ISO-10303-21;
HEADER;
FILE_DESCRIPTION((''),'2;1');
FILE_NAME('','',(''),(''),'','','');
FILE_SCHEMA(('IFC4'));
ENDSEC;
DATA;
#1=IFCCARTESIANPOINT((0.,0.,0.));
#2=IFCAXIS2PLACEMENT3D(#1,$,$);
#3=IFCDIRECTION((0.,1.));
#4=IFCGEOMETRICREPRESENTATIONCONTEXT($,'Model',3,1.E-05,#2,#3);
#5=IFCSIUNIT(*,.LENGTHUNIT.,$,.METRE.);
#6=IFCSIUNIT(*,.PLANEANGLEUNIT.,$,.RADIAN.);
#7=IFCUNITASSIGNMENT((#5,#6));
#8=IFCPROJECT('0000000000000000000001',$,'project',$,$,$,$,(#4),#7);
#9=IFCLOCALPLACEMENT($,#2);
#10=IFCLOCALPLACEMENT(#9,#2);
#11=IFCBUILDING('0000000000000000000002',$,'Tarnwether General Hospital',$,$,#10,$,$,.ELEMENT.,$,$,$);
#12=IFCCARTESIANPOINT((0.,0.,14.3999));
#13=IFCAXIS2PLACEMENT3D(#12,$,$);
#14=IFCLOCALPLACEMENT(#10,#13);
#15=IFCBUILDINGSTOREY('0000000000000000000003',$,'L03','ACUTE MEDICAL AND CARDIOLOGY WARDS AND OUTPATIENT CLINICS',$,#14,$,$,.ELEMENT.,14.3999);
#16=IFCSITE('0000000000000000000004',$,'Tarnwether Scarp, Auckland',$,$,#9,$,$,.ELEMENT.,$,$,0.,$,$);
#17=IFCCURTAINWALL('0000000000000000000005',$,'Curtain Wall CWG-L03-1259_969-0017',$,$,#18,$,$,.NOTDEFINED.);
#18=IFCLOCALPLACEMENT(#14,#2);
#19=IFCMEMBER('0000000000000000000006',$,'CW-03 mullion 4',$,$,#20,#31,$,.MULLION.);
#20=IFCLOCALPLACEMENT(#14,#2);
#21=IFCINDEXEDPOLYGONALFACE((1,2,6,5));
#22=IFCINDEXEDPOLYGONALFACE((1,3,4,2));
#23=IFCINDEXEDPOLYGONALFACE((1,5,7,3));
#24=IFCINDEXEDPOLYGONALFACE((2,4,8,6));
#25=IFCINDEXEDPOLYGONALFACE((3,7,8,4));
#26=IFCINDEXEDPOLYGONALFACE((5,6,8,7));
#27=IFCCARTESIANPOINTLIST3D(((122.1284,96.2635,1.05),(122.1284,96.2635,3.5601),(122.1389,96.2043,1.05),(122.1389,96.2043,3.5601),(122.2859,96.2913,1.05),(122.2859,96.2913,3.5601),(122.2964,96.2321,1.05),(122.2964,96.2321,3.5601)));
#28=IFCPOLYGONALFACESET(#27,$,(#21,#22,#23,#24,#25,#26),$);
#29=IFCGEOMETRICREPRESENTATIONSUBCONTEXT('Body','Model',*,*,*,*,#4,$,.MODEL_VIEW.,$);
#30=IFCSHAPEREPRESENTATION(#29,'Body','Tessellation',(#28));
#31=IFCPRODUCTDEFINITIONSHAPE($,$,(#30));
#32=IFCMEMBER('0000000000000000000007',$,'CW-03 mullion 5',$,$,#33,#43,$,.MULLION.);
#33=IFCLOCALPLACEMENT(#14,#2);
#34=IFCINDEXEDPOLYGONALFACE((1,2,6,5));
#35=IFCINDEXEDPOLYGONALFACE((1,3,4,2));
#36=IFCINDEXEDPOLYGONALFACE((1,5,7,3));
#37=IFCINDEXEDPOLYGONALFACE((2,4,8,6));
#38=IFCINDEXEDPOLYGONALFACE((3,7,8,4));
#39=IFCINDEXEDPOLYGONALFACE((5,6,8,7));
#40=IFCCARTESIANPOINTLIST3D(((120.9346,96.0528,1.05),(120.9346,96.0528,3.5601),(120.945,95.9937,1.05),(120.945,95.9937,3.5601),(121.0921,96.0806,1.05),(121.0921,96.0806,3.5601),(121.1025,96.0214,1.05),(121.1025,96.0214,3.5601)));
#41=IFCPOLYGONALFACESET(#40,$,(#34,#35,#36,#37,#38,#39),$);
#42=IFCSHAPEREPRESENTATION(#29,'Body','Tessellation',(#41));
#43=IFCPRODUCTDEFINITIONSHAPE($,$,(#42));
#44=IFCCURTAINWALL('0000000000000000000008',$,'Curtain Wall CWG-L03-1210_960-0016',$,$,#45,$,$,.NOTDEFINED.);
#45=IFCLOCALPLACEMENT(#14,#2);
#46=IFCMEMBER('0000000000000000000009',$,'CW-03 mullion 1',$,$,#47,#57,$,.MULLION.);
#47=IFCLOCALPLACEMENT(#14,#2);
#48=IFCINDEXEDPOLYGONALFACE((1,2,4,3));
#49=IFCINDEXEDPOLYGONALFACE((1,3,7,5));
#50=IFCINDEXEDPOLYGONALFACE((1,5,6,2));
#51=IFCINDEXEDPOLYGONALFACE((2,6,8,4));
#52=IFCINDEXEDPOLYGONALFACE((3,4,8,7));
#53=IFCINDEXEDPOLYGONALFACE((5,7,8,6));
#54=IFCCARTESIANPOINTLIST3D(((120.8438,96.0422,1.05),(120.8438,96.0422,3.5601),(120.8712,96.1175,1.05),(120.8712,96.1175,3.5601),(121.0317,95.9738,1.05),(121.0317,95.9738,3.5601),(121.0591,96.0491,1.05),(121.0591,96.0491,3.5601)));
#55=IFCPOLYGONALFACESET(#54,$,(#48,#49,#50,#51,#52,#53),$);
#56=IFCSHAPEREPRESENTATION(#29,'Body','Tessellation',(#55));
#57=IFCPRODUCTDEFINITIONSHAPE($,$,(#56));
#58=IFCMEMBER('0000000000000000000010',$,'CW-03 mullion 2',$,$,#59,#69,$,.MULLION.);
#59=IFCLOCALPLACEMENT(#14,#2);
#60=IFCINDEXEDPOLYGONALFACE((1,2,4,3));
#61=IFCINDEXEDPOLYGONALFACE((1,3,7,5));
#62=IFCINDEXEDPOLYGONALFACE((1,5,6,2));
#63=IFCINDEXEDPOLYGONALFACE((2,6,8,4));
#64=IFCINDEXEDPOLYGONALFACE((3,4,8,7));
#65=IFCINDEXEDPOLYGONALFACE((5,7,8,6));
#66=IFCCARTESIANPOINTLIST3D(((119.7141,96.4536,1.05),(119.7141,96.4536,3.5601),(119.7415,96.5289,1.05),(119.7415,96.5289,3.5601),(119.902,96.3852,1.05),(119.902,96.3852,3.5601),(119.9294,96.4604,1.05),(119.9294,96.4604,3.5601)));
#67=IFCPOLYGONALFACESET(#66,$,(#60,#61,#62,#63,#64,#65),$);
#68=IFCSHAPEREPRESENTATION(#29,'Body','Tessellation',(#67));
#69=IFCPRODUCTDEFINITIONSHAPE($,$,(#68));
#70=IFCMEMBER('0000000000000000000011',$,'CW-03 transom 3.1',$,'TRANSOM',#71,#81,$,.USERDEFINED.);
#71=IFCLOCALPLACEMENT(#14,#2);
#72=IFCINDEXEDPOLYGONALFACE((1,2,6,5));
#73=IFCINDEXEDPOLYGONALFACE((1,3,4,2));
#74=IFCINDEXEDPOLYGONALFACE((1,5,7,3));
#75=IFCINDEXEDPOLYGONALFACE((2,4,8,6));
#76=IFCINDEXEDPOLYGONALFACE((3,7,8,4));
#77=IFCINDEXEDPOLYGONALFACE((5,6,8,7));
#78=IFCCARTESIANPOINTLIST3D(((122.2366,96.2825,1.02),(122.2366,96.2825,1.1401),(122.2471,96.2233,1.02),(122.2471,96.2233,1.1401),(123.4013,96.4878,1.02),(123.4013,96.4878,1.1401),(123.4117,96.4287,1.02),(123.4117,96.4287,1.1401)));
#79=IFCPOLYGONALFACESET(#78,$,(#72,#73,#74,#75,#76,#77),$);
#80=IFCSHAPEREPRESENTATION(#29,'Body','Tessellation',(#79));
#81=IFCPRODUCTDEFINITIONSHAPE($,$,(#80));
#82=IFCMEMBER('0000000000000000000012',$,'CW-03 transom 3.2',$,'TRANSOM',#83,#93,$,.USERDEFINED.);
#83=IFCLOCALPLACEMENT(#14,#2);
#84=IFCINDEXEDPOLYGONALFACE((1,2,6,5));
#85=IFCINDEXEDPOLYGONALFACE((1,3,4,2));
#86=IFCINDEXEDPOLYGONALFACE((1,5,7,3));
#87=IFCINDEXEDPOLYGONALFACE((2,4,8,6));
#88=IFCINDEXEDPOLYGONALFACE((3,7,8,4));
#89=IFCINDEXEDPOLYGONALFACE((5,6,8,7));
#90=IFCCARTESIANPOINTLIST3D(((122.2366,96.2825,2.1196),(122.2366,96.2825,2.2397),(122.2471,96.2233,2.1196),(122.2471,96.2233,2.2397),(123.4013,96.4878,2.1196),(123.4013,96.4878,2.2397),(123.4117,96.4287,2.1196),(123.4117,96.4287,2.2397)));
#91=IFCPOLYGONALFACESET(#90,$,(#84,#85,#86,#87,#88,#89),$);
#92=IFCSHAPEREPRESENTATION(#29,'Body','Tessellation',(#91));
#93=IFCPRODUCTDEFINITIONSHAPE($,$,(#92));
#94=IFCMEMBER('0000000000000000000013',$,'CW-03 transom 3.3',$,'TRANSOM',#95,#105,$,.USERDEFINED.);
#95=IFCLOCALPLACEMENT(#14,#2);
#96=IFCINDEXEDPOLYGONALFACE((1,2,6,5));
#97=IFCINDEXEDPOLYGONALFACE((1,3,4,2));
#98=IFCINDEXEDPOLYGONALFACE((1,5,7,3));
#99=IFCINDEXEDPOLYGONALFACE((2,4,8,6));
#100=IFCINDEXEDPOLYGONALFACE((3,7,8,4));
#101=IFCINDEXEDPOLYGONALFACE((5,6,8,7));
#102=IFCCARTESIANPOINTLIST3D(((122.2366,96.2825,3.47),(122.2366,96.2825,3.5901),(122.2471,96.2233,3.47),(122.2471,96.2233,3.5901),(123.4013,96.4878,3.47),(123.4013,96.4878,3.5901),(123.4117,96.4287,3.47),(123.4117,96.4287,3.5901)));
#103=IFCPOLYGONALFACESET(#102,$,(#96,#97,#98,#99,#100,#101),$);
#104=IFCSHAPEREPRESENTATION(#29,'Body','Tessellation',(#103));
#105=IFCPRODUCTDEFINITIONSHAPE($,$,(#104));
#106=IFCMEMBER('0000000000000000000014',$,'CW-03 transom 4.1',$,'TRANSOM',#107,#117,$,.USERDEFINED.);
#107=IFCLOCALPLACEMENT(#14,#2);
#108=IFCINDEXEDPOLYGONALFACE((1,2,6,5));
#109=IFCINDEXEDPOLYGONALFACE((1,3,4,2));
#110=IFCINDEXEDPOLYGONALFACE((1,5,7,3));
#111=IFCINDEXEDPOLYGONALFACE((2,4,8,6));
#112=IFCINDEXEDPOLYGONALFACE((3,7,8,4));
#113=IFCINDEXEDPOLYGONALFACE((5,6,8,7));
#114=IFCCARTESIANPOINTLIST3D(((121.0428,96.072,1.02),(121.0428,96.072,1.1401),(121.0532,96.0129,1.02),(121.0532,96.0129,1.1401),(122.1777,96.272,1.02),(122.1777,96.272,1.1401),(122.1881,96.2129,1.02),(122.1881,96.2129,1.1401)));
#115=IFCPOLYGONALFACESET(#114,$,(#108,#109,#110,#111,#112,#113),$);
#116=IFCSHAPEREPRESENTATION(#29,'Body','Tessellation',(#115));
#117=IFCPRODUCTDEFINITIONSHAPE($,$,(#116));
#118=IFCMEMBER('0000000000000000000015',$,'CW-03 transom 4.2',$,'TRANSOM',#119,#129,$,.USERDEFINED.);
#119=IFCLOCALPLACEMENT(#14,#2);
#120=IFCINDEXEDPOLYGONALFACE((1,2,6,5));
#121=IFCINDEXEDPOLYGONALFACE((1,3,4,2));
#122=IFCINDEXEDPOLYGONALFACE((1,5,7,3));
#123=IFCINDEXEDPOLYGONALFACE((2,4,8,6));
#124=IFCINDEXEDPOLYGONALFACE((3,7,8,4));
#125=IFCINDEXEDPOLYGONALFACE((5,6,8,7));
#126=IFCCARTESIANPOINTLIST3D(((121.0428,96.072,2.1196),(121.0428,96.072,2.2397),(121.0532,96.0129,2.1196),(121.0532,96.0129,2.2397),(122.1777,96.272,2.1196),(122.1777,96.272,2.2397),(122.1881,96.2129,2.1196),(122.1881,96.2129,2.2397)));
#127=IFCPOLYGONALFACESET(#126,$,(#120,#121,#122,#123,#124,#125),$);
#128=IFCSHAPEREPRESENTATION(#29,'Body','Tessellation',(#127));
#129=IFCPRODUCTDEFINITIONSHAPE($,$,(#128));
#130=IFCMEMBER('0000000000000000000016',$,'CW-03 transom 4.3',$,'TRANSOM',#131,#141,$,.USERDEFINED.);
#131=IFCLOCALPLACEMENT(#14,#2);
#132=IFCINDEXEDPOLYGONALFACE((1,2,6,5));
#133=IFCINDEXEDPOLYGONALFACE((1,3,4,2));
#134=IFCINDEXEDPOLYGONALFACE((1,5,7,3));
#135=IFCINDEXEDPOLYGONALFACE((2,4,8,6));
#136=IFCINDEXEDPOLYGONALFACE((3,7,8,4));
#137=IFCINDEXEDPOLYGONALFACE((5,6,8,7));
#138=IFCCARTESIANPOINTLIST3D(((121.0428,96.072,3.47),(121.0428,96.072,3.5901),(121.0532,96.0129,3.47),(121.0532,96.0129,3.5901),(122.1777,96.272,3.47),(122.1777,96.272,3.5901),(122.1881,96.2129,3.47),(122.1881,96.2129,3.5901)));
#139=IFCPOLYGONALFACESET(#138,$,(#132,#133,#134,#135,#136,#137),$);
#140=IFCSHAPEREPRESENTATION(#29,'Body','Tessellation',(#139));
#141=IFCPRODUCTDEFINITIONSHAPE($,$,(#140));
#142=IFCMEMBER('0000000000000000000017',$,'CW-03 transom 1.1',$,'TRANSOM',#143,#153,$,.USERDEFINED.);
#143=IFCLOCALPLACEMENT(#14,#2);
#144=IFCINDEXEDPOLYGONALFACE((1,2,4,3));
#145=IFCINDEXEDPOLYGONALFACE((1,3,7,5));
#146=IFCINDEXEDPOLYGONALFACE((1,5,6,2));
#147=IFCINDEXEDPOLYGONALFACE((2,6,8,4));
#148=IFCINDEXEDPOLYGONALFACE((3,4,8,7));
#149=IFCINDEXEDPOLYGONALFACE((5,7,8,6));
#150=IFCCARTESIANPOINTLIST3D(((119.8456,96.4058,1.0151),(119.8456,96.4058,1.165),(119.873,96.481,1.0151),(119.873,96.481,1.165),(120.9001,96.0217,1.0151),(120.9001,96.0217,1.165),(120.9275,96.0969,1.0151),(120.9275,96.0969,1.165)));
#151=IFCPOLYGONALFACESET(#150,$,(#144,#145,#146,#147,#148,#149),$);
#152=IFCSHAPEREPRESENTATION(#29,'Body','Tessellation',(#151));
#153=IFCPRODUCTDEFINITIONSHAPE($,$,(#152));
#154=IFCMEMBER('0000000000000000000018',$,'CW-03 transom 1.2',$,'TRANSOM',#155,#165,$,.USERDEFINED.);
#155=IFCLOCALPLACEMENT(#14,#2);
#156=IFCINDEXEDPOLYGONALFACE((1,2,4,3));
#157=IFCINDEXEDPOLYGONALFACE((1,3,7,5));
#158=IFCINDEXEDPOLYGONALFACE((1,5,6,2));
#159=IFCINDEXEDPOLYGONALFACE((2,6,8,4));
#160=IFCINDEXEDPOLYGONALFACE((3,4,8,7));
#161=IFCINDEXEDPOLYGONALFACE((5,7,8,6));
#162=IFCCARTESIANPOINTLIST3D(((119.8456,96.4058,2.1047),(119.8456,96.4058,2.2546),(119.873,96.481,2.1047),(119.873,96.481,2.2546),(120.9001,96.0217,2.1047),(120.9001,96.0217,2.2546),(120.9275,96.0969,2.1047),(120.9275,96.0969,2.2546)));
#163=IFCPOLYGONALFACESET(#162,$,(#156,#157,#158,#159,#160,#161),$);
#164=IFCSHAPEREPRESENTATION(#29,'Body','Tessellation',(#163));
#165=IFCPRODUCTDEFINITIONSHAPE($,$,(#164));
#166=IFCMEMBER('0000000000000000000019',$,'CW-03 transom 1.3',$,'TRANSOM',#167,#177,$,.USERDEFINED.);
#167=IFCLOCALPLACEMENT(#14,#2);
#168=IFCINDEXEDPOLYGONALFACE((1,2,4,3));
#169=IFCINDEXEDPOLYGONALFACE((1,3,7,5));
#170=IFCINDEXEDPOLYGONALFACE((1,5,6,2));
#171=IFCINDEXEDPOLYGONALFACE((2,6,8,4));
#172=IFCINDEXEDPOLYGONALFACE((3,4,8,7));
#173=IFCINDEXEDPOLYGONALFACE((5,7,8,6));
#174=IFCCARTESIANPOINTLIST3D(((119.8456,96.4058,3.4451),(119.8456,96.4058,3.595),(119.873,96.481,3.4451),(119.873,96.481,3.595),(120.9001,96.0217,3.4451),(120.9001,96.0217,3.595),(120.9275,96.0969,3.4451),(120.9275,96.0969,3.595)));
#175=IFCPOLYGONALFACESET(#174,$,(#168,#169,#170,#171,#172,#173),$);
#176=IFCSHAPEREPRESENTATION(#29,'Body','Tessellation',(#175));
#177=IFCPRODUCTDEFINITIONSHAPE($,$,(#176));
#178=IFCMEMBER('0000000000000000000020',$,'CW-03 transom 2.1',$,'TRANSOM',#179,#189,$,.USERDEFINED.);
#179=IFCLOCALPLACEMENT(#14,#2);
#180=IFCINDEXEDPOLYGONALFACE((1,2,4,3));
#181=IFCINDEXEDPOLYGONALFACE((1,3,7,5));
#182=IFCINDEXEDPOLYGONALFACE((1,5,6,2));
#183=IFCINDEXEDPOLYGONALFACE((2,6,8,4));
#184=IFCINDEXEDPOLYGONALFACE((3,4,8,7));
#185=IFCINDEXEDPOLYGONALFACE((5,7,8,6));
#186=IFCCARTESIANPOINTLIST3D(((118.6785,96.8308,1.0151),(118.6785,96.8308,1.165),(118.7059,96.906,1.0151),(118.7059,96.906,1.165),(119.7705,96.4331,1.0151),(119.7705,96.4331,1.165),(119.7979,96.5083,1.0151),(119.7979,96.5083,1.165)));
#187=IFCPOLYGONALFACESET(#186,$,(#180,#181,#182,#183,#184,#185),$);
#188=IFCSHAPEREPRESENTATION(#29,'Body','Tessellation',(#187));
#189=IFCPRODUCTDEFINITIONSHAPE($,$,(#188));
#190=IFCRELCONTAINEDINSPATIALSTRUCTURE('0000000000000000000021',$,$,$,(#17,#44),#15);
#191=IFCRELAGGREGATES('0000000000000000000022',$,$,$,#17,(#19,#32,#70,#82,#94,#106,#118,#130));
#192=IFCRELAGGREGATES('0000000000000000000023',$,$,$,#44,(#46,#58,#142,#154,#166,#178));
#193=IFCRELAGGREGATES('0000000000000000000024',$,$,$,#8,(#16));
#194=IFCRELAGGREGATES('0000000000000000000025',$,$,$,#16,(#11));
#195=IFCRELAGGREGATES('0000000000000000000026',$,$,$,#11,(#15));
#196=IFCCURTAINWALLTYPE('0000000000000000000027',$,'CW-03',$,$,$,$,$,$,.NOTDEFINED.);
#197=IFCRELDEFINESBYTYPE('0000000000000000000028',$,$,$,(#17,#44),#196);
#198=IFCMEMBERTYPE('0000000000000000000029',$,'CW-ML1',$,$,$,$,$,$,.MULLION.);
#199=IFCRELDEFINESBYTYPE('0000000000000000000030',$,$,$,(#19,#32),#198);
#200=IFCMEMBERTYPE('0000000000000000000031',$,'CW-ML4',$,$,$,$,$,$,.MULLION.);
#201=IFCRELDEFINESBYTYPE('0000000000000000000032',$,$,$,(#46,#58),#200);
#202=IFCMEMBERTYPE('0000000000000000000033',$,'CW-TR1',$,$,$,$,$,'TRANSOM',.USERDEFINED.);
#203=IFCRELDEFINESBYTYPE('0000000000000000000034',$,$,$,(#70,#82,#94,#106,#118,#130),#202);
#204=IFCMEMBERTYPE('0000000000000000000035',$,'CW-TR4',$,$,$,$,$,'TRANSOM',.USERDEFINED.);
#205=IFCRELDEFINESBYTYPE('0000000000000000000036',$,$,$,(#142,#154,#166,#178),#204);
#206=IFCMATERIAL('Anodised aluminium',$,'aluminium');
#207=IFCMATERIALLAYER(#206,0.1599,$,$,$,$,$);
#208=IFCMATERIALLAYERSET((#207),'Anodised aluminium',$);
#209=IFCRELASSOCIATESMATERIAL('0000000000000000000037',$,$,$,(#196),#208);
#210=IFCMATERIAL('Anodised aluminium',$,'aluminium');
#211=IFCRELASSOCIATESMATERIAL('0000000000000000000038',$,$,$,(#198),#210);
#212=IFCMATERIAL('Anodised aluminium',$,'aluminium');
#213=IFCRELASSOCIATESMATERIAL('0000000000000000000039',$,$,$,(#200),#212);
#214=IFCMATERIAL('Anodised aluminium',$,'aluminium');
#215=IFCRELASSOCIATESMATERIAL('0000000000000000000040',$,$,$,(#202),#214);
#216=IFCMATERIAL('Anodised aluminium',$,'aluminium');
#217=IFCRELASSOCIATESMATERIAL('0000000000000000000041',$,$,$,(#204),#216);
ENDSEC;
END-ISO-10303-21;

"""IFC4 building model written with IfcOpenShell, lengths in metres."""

from ifc_helpers import new_model, si_unit, direction, frame, origin, origin_2d, place, context, subcontext, project, spatial, rectangle, extrude, material, layer, layer_set, material_profile, profile_set, type_object, element, aggregate, save


model = new_model("IFC4")

# Units and contexts
model_context = context("Model", 3, precision=1e-05, world=origin(), true_north=direction((0.0, 1.0)))
body_context = subcontext(model_context, "Body", "Model", "MODEL_VIEW")
ifc_project = project(units=[si_unit("LENGTHUNIT", "METRE"), si_unit("PLANEANGLEUNIT", "RADIAN")], contexts=[model_context])

# Site, building, storey
site_placement = place(None, origin())
site = spatial("IfcSite", under=ifc_project, at=site_placement, Name="Tarnwether Scarp, Auckland", CompositionType="ELEMENT", RefElevation=0.0)
building_placement = place(site_placement, origin())
building = spatial("IfcBuilding", under=site, at=building_placement, Name="Tarnwether General Hospital", CompositionType="ELEMENT")
storey_placement = place(building_placement, frame((0.0, 0.0, 14.3999)))
storey = spatial("IfcBuildingStorey", under=building, at=storey_placement, Name="L03", Description="ACUTE MEDICAL AND CARDIOLOGY WARDS AND OUTPATIENT CLINICS", CompositionType="ELEMENT", Elevation=14.3999)

# Curtain walls, members
ifc_material_1 = material(Name="Anodised aluminium", Category="aluminium")
ifc_layer_1 = layer(ifc_material_1, 0.1599)
ifc_layer_set_1 = layer_set([ifc_layer_1], Name="Anodised aluminium")
curtain_wall_type = type_object("IfcCurtainWallType", Name="CW-03", PredefinedType="NOTDEFINED", material=ifc_layer_set_1)
curtain_wall_1_placement = place(storey_placement, origin())
curtain_wall_1 = element("IfcCurtainWall", 1, at=curtain_wall_1_placement, inside=storey, type_object=curtain_wall_type, Name="Curtain Wall CWG-L03-1259_969-0017", PredefinedType="NOTDEFINED")
ifc_material_2 = material(Name="Anodised aluminium", Category="aluminium")
ifc_material_profile_1 = material_profile(ifc_material_2, rectangle(XDim=0.0601, YDim=0.1599, at=origin_2d()), Name="ALU-MUL-60x160")
ifc_profile_set_1 = profile_set([ifc_material_profile_1], Name="Anodised aluminium")
member_type_1 = type_object("IfcMemberType", Name="CW-ML1", PredefinedType="MULLION", material=ifc_profile_set_1)
member_1_placement = place(storey_placement, frame((122.2124, 96.2478, 1.05), z_axis=(0.0, 0.0, 1.0), x_axis=(0.173659, -0.984806, 0.0)))
member_1 = element("IfcMember", 2, at=member_1_placement, type_object=member_type_1, Name="CW-03 mullion 4", PredefinedType="MULLION", context=body_context, shape_type="SweptSolid", body=[
    extrude(rectangle(XDim=0.0601, YDim=0.1599, at=origin_2d()), origin(), (0.0, 0.0, 1.0), 2.51),
])
member_2_placement = place(storey_placement, frame((121.0186, 96.0371, 1.05), z_axis=(0.0, 0.0, 1.0), x_axis=(0.173659, -0.984806, 0.0)))
member_2 = element("IfcMember", 3, at=member_2_placement, type_object=member_type_1, Name="CW-03 mullion 5", PredefinedType="MULLION", context=body_context, shape_type="SweptSolid", body=[
    extrude(rectangle(XDim=0.0601, YDim=0.1599, at=origin_2d()), origin(), (0.0, 0.0, 1.0), 2.51),
])
curtain_wall_2_placement = place(storey_placement, origin())
curtain_wall_2 = element("IfcCurtainWall", 4, at=curtain_wall_2_placement, inside=storey, type_object=curtain_wall_type, Name="Curtain Wall CWG-L03-1210_960-0016", PredefinedType="NOTDEFINED")
ifc_material_3 = material(Name="Anodised aluminium", Category="aluminium")
ifc_material_profile_2 = material_profile(ifc_material_3, rectangle(XDim=0.0801, YDim=0.2, at=origin_2d()), Name="ALU-MUL-80x200")
ifc_profile_set_2 = profile_set([ifc_material_profile_2], Name="Anodised aluminium")
member_type_2 = type_object("IfcMemberType", Name="CW-ML4", PredefinedType="MULLION", material=ifc_profile_set_2)
member_3_placement = place(storey_placement, frame((120.9514, 96.0457, 1.05), z_axis=(0.0, 0.0, 1.0), x_axis=(-0.342131, -0.939652, 0.0)))
member_3 = element("IfcMember", 5, at=member_3_placement, type_object=member_type_2, Name="CW-03 mullion 1", PredefinedType="MULLION", context=body_context, shape_type="SweptSolid", body=[
    extrude(rectangle(XDim=0.0801, YDim=0.2, at=origin_2d()), origin(), (0.0, 0.0, 1.0), 2.51),
])
member_4_placement = place(storey_placement, frame((119.8218, 96.457, 1.05), z_axis=(0.0, 0.0, 1.0), x_axis=(-0.342131, -0.939652, 0.0)))
member_4 = element("IfcMember", 6, at=member_4_placement, type_object=member_type_2, Name="CW-03 mullion 2", PredefinedType="MULLION", context=body_context, shape_type="SweptSolid", body=[
    extrude(rectangle(XDim=0.0801, YDim=0.2, at=origin_2d()), origin(), (0.0, 0.0, 1.0), 2.51),
])

# Members
ifc_material_4 = material(Name="Anodised aluminium", Category="aluminium")
ifc_material_profile_3 = material_profile(ifc_material_4, rectangle(XDim=0.0601, YDim=0.1201, at=origin_2d()), Name="ALU-TRN-60x120")
ifc_profile_set_3 = profile_set([ifc_material_profile_3], Name="Anodised aluminium")
member_type_3 = type_object("IfcMemberType", Name="CW-TR1", ElementType="TRANSOM", PredefinedType="USERDEFINED", material=ifc_profile_set_3)
member_5_placement = place(storey_placement, frame((123.4065, 96.4583, 1.0801), z_axis=(-0.984811, -0.173632, 0.0), x_axis=(0.173632, -0.984811, 0.0)))
member_5 = element("IfcMember", 7, at=member_5_placement, type_object=member_type_3, Name="CW-03 transom 3.1", ObjectType="TRANSOM", PredefinedType="USERDEFINED", context=body_context, shape_type="SweptSolid", body=[
    extrude(rectangle(XDim=0.0601, YDim=0.1201, at=origin_2d()), origin(), (0.0, 0.0, 1.0), 1.1826),
])
member_6_placement = place(storey_placement, frame((123.4065, 96.4583, 2.1797), z_axis=(-0.984811, -0.173632, 0.0), x_axis=(0.173632, -0.984811, 0.0)))
member_6 = element("IfcMember", 8, at=member_6_placement, type_object=member_type_3, Name="CW-03 transom 3.2", ObjectType="TRANSOM", PredefinedType="USERDEFINED", context=body_context, shape_type="SweptSolid", body=[
    extrude(rectangle(XDim=0.0601, YDim=0.1201, at=origin_2d()), origin(), (0.0, 0.0, 1.0), 1.1826),
])
member_7_placement = place(storey_placement, frame((123.4065, 96.4583, 3.53), z_axis=(-0.984811, -0.173632, 0.0), x_axis=(0.173632, -0.984811, 0.0)))
member_7 = element("IfcMember", 9, at=member_7_placement, type_object=member_type_3, Name="CW-03 transom 3.3", ObjectType="TRANSOM", PredefinedType="USERDEFINED", context=body_context, shape_type="SweptSolid", body=[
    extrude(rectangle(XDim=0.0601, YDim=0.1201, at=origin_2d()), origin(), (0.0, 0.0, 1.0), 1.1826),
])
member_8_placement = place(storey_placement, frame((122.1829, 96.2424, 1.0801), z_axis=(-0.984828, -0.173531, 0.0), x_axis=(0.173531, -0.984828, 0.0)))
member_8 = element("IfcMember", 10, at=member_8_placement, type_object=member_type_3, Name="CW-03 transom 4.1", ObjectType="TRANSOM", PredefinedType="USERDEFINED", context=body_context, shape_type="SweptSolid", body=[
    extrude(rectangle(XDim=0.0601, YDim=0.1201, at=origin_2d()), origin(), (0.0, 0.0, 1.0), 1.1523),
])
member_9_placement = place(storey_placement, frame((122.1829, 96.2424, 2.1797), z_axis=(-0.984828, -0.173531, 0.0), x_axis=(0.173531, -0.984828, 0.0)))
member_9 = element("IfcMember", 11, at=member_9_placement, type_object=member_type_3, Name="CW-03 transom 4.2", ObjectType="TRANSOM", PredefinedType="USERDEFINED", context=body_context, shape_type="SweptSolid", body=[
    extrude(rectangle(XDim=0.0601, YDim=0.1201, at=origin_2d()), origin(), (0.0, 0.0, 1.0), 1.1523),
])
member_10_placement = place(storey_placement, frame((122.1829, 96.2424, 3.53), z_axis=(-0.984828, -0.173531, 0.0), x_axis=(0.173531, -0.984828, 0.0)))
member_10 = element("IfcMember", 12, at=member_10_placement, type_object=member_type_3, Name="CW-03 transom 4.3", ObjectType="TRANSOM", PredefinedType="USERDEFINED", context=body_context, shape_type="SweptSolid", body=[
    extrude(rectangle(XDim=0.0601, YDim=0.1201, at=origin_2d()), origin(), (0.0, 0.0, 1.0), 1.1523),
])
ifc_material_5 = material(Name="Anodised aluminium", Category="aluminium")
ifc_material_profile_4 = material_profile(ifc_material_5, rectangle(XDim=0.0801, YDim=0.1499, at=origin_2d()), Name="ALU-TRN-80x150")
ifc_profile_set_4 = profile_set([ifc_material_profile_4], Name="Anodised aluminium")
member_type_4 = type_object("IfcMemberType", Name="CW-TR4", ElementType="TRANSOM", PredefinedType="USERDEFINED", material=ifc_profile_set_4)
member_11_placement = place(storey_placement, frame((120.9138, 96.0593, 1.0901), z_axis=(-0.939622, 0.342215, 0.0), x_axis=(-0.342215, -0.939622, 0.0)))
member_11 = element("IfcMember", 13, at=member_11_placement, type_object=member_type_4, Name="CW-03 transom 1.1", ObjectType="TRANSOM", PredefinedType="USERDEFINED", context=body_context, shape_type="SweptSolid", body=[
    extrude(rectangle(XDim=0.0801, YDim=0.1499, at=origin_2d()), origin(), (0.0, 0.0, 1.0), 1.1223),
])
member_12_placement = place(storey_placement, frame((120.9138, 96.0593, 2.1797), z_axis=(-0.939622, 0.342215, 0.0), x_axis=(-0.342215, -0.939622, 0.0)))
member_12 = element("IfcMember", 14, at=member_12_placement, type_object=member_type_4, Name="CW-03 transom 1.2", ObjectType="TRANSOM", PredefinedType="USERDEFINED", context=body_context, shape_type="SweptSolid", body=[
    extrude(rectangle(XDim=0.0801, YDim=0.1499, at=origin_2d()), origin(), (0.0, 0.0, 1.0), 1.1223),
])
member_13_placement = place(storey_placement, frame((120.9138, 96.0593, 3.52), z_axis=(-0.939622, 0.342215, 0.0), x_axis=(-0.342215, -0.939622, 0.0)))
member_13 = element("IfcMember", 15, at=member_13_placement, type_object=member_type_4, Name="CW-03 transom 1.3", ObjectType="TRANSOM", PredefinedType="USERDEFINED", context=body_context, shape_type="SweptSolid", body=[
    extrude(rectangle(XDim=0.0801, YDim=0.1499, at=origin_2d()), origin(), (0.0, 0.0, 1.0), 1.1223),
])
member_14_placement = place(storey_placement, frame((119.7842, 96.4707, 1.0901), z_axis=(-0.939628, 0.342198, 0.0), x_axis=(-0.342198, -0.939628, 0.0)))
member_14 = element("IfcMember", 16, at=member_14_placement, type_object=member_type_4, Name="CW-03 transom 2.1", ObjectType="TRANSOM", PredefinedType="USERDEFINED", context=body_context, shape_type="SweptSolid", body=[
    extrude(rectangle(XDim=0.0801, YDim=0.1499, at=origin_2d()), origin(), (0.0, 0.0, 1.0), 1.1621),
])

aggregate(curtain_wall_1, [member_1, member_2, member_5, member_6, member_7, member_8, member_9, member_10])
aggregate(curtain_wall_2, [member_3, member_4, member_11, member_12, member_13, member_14])

save(model, "model.ifc")
